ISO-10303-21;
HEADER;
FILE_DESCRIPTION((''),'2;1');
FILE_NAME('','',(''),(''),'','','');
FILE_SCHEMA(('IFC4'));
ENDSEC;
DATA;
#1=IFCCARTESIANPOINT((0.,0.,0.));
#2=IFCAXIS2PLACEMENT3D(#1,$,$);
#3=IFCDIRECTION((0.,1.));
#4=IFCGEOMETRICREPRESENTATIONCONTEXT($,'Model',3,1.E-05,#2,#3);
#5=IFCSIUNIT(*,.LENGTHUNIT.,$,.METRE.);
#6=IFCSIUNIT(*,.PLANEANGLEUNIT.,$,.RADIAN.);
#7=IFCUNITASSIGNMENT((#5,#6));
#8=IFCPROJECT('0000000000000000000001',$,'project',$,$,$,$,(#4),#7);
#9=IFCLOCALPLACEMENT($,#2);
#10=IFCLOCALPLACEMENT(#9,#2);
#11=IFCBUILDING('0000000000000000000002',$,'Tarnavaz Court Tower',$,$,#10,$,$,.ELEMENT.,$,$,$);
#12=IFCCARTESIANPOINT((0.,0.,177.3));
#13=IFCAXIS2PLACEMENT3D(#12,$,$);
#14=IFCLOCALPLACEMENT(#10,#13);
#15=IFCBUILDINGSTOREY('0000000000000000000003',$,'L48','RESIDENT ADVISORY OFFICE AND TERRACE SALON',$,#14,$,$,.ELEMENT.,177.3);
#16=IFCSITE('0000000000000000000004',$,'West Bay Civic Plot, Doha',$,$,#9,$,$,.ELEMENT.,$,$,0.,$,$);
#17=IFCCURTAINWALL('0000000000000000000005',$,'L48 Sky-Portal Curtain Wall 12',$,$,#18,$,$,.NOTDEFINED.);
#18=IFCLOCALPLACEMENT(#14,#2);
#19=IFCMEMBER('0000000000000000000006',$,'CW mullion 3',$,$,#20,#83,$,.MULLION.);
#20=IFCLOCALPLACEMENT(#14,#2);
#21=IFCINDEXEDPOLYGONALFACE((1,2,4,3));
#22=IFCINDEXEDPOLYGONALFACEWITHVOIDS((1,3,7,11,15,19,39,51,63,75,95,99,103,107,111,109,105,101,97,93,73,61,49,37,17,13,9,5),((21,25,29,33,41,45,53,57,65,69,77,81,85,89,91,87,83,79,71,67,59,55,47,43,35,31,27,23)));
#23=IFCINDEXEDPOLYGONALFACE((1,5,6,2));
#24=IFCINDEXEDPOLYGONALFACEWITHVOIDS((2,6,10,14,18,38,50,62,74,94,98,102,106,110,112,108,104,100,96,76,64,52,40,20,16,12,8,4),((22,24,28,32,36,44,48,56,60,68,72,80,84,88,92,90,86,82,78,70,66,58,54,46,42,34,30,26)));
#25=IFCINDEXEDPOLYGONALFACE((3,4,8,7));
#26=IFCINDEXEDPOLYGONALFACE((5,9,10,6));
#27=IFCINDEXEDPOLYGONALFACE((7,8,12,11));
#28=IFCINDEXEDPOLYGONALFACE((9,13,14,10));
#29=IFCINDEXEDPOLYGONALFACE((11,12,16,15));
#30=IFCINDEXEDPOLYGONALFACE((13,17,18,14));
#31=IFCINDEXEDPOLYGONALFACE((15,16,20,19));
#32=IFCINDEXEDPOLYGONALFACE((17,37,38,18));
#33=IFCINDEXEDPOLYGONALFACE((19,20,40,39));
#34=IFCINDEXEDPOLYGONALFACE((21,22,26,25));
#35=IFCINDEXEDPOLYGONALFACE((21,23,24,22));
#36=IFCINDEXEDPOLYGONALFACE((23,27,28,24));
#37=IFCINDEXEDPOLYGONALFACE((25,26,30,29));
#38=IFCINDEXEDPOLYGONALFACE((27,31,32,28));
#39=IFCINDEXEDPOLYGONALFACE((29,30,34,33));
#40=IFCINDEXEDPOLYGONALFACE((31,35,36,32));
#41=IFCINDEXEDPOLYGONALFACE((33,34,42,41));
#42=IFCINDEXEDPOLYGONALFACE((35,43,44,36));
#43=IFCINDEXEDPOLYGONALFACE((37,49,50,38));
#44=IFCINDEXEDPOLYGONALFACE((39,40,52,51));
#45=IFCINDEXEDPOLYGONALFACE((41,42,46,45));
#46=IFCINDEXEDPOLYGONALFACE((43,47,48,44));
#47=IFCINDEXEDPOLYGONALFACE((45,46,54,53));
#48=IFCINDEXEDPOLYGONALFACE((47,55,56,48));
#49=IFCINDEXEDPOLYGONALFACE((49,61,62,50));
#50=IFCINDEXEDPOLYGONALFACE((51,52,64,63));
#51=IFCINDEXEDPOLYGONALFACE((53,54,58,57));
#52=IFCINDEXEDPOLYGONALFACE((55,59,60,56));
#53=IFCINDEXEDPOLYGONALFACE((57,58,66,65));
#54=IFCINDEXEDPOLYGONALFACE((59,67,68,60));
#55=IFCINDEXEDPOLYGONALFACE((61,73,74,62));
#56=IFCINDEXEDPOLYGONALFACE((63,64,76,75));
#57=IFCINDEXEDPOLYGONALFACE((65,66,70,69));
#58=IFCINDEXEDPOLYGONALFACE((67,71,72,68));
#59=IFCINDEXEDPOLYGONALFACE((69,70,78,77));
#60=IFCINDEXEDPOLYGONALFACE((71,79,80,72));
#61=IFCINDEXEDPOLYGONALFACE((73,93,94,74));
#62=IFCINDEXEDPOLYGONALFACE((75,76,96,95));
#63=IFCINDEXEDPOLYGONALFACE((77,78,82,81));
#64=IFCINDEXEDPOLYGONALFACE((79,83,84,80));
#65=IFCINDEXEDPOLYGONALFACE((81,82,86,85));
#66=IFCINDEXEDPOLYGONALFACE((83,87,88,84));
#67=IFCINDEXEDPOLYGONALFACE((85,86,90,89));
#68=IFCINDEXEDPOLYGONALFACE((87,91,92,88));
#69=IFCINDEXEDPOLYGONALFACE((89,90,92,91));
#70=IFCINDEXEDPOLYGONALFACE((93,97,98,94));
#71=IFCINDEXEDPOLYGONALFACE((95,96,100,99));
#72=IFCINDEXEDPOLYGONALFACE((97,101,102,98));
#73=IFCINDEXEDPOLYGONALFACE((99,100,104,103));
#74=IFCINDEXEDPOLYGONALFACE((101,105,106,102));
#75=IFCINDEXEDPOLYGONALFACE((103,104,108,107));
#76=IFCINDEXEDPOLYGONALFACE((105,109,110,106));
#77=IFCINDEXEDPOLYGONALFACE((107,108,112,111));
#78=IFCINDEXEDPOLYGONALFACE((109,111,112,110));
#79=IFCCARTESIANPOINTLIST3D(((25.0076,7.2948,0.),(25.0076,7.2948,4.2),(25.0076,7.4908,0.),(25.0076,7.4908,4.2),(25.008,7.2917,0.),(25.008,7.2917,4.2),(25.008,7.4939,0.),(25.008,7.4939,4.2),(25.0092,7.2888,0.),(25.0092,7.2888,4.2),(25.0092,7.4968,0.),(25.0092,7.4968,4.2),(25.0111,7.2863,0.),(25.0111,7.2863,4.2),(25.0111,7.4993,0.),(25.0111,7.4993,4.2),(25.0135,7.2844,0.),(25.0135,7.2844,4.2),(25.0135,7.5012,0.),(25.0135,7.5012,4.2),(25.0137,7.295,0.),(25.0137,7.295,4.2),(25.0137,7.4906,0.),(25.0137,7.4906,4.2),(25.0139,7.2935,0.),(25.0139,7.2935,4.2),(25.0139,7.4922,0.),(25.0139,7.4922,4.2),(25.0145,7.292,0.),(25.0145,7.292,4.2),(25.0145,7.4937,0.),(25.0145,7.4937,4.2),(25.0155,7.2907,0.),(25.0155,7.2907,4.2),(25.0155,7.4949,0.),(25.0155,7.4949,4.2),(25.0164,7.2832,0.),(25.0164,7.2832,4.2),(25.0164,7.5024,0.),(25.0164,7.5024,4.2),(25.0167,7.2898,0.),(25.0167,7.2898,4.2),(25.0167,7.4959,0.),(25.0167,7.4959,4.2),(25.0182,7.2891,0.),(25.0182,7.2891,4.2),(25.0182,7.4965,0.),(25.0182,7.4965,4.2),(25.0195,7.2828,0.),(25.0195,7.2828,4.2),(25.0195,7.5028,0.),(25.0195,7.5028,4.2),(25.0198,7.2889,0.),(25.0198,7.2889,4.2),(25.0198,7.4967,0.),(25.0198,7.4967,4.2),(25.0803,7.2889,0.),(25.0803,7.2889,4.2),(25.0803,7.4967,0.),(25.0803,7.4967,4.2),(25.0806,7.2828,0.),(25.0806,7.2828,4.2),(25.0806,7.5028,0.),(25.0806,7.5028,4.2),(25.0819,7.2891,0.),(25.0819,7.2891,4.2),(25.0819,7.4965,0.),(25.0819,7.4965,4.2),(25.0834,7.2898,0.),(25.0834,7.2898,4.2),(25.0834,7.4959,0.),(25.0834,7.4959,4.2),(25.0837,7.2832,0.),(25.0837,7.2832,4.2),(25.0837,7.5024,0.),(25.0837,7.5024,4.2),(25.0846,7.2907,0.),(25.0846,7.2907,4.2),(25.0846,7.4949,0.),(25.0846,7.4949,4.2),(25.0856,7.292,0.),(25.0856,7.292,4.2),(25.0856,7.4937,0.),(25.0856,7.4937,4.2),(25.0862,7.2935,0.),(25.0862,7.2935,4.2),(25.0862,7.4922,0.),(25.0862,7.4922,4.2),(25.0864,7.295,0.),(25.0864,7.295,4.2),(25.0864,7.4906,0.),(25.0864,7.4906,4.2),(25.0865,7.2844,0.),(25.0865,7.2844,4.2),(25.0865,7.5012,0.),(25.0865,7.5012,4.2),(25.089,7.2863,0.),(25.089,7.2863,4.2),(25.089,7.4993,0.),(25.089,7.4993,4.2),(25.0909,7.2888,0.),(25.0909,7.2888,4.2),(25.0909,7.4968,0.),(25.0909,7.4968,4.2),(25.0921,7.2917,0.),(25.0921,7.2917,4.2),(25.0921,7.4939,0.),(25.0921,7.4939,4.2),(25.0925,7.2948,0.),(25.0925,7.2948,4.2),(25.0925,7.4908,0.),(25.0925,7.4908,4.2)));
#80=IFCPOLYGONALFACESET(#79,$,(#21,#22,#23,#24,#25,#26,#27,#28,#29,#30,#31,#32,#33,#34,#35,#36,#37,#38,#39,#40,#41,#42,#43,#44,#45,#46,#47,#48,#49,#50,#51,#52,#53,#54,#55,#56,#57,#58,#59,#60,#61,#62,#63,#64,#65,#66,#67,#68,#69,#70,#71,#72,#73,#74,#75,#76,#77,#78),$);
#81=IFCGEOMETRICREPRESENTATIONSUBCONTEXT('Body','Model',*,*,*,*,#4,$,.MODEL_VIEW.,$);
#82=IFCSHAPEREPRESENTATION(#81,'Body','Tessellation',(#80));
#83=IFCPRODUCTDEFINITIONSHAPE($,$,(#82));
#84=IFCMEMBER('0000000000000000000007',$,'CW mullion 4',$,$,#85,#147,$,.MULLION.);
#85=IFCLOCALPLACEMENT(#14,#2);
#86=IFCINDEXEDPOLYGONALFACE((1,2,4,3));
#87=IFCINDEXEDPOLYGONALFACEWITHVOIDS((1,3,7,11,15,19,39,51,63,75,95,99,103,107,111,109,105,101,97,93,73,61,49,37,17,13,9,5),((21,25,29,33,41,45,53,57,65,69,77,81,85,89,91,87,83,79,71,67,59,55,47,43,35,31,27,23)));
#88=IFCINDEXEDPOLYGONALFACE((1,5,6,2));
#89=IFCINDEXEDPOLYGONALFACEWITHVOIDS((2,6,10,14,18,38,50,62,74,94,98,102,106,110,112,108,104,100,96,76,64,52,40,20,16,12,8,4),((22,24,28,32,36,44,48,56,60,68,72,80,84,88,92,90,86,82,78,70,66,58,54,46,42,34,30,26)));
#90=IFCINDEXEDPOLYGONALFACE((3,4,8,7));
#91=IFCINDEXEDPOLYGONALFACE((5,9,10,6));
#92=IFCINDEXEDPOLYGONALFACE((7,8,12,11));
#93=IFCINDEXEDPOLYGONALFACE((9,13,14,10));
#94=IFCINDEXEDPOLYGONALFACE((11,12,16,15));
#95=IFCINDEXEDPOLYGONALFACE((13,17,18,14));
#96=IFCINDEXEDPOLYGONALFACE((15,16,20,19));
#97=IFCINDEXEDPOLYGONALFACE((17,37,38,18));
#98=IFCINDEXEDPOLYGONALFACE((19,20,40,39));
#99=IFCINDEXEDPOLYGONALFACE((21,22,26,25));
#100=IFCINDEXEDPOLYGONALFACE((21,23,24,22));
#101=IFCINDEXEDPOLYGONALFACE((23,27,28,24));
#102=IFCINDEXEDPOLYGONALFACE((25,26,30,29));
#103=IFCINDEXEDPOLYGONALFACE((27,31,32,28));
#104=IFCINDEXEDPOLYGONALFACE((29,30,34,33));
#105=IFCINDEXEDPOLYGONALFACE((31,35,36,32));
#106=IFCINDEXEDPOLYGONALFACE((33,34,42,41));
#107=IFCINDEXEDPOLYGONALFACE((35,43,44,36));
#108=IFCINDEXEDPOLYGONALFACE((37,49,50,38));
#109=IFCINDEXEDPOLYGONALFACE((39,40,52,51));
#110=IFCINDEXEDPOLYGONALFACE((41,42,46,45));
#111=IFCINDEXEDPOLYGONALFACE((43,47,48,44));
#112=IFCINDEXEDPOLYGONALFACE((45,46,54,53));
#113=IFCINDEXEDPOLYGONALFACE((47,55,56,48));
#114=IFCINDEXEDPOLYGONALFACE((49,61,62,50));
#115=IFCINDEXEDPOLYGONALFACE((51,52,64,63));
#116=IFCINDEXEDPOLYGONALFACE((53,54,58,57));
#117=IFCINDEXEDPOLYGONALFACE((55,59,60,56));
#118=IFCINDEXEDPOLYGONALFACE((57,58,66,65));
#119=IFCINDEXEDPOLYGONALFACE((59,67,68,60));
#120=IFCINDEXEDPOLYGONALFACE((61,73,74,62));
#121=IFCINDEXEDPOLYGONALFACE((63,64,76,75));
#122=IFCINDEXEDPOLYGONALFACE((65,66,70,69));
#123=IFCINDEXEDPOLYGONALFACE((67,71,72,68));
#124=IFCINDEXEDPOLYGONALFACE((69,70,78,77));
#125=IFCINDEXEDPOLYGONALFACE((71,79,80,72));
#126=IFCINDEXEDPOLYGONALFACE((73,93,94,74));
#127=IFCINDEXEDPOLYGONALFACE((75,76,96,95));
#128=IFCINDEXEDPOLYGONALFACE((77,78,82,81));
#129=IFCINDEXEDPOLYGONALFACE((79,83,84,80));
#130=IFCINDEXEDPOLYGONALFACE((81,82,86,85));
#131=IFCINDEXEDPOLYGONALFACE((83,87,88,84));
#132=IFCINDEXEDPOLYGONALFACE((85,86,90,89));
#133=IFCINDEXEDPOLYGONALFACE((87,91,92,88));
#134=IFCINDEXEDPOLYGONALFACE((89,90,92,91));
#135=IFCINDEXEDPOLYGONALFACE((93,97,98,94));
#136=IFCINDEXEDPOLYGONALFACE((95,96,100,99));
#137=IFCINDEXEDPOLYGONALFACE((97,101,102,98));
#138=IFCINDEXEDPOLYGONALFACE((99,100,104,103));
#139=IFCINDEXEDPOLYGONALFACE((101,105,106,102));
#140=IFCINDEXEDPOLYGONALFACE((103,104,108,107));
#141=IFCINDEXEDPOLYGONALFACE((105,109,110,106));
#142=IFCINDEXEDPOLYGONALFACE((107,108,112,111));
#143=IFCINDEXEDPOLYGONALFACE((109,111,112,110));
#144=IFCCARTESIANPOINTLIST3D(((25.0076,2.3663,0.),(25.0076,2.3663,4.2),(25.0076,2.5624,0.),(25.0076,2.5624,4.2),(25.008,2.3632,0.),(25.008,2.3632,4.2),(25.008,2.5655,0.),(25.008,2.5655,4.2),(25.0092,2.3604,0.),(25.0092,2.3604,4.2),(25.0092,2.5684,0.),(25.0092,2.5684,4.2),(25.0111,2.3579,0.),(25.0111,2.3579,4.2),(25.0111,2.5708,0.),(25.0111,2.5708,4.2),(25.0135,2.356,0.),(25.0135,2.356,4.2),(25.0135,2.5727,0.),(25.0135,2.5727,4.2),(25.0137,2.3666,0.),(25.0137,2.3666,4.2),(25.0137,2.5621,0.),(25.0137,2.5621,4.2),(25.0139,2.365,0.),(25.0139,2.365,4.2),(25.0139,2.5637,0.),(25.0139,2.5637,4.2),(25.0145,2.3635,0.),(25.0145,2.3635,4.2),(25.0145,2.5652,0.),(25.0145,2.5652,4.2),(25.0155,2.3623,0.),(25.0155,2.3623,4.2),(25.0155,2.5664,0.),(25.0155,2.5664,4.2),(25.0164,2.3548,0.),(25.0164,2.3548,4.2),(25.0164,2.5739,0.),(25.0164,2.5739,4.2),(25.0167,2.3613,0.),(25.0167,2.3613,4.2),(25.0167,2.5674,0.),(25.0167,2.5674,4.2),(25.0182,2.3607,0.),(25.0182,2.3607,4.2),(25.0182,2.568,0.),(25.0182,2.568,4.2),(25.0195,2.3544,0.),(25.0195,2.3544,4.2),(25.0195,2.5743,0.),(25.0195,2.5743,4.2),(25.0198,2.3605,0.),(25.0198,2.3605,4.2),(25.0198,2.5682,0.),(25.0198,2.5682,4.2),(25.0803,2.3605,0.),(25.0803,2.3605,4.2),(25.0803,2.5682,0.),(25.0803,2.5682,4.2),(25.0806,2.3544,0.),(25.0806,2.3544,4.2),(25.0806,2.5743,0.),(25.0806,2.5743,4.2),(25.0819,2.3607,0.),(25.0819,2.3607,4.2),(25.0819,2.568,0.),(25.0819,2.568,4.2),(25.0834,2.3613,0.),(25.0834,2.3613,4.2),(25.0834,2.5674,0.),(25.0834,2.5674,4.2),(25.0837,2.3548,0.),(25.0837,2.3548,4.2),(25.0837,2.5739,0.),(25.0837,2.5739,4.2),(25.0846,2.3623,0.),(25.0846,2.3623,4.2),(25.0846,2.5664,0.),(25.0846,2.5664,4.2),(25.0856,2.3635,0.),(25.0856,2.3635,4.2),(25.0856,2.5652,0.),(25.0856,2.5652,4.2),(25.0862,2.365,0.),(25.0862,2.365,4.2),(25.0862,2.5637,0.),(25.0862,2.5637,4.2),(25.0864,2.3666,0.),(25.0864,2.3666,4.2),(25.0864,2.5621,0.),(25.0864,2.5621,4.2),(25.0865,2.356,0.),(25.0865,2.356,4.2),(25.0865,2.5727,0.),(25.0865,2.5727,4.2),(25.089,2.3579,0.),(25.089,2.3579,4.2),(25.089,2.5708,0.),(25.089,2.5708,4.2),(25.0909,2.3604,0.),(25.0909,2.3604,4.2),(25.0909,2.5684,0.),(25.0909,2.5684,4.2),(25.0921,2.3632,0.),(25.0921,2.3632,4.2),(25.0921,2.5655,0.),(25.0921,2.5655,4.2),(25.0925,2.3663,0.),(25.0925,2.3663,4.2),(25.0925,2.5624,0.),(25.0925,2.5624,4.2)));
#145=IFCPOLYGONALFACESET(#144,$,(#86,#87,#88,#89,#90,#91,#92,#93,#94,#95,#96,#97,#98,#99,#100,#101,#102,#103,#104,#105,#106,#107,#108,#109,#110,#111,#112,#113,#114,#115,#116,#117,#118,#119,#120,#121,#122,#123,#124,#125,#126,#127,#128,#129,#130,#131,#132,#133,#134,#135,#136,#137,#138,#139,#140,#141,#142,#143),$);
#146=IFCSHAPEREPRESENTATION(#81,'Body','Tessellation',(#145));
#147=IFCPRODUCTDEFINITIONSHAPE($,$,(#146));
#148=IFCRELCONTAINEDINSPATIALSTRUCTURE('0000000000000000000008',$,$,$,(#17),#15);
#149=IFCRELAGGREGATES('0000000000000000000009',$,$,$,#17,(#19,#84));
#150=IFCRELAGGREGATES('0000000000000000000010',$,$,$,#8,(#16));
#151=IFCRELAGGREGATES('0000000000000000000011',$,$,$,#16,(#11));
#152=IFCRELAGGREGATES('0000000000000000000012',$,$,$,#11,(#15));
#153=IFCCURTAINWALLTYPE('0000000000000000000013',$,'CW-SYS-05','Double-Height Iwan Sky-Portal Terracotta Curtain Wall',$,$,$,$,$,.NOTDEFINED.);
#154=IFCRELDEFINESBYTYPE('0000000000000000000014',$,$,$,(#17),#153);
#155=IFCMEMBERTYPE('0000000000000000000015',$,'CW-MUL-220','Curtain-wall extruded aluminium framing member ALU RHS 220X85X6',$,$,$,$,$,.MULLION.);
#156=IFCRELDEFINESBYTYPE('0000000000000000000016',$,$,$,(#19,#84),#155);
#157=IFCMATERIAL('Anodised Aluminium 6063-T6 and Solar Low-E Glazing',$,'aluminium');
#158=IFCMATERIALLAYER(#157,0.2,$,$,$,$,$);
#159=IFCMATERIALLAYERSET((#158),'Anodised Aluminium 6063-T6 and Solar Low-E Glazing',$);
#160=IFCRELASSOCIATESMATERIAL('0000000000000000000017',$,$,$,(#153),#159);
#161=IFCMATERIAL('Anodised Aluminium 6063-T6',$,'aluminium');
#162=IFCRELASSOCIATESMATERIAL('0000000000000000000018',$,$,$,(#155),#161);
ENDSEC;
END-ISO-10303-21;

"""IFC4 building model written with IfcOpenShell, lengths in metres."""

from ifc_helpers import new_model, si_unit, direction, frame, origin, origin_2d, place, context, subcontext, project, spatial, hollow_rectangle, extrude, material, layer, layer_set, material_profile, profile_set, type_object, element, aggregate, save


model = new_model("IFC4")

# Units and contexts
model_context = context("Model", 3, precision=1e-05, world=origin(), true_north=direction((0.0, 1.0)))
body_context = subcontext(model_context, "Body", "Model", "MODEL_VIEW")
ifc_project = project(units=[si_unit("LENGTHUNIT", "METRE"), si_unit("PLANEANGLEUNIT", "RADIAN")], contexts=[model_context])

# Site, building, storey
site_placement = place(None, origin())
site = spatial("IfcSite", under=ifc_project, at=site_placement, Name="West Bay Civic Plot, Doha", CompositionType="ELEMENT", RefElevation=0.0)
building_placement = place(site_placement, origin())
building = spatial("IfcBuilding", under=site, at=building_placement, Name="Tarnavaz Court Tower", CompositionType="ELEMENT")
storey_placement = place(building_placement, frame((0.0, 0.0, 177.3)))
storey = spatial("IfcBuildingStorey", under=building, at=storey_placement, Name="L48", Description="RESIDENT ADVISORY OFFICE AND TERRACE SALON", CompositionType="ELEMENT", Elevation=177.3)

# Curtain wall, members
ifc_material_1 = material(Name="Anodised Aluminium 6063-T6 and Solar Low-E Glazing", Category="aluminium")
ifc_layer_1 = layer(ifc_material_1, 0.2)
ifc_layer_set_1 = layer_set([ifc_layer_1], Name="Anodised Aluminium 6063-T6 and Solar Low-E Glazing")
curtain_wall_type = type_object("IfcCurtainWallType", Name="CW-SYS-05", Description="Double-Height Iwan Sky-Portal Terracotta Curtain Wall", PredefinedType="NOTDEFINED", material=ifc_layer_set_1)
curtain_wall_placement = place(storey_placement, origin())
curtain_wall = element("IfcCurtainWall", 1, at=curtain_wall_placement, inside=storey, type_object=curtain_wall_type, Name="L48 Sky-Portal Curtain Wall 12", PredefinedType="NOTDEFINED")
ifc_material_2 = material(Name="Anodised Aluminium 6063-T6", Category="aluminium")
ifc_material_profile_1 = material_profile(ifc_material_2, hollow_rectangle(XDim=0.085, YDim=0.22, WallThickness=0.0061, InnerFilletRadius=0.0061, OuterFilletRadius=0.012, at=origin_2d()), Name="ALU RHS 220X85X6")
ifc_profile_set_1 = profile_set([ifc_material_profile_1], Name="Anodised Aluminium 6063-T6")
member_type_1 = type_object("IfcMemberType", Name="CW-MUL-220", Description="Curtain-wall extruded aluminium framing member ALU RHS 220X85X6", PredefinedType="MULLION", material=ifc_profile_set_1)
member_1_placement = place(storey_placement, frame((25.05, 7.3928, 0.0), z_axis=(0.0, 0.0, 1.0), x_axis=(1.0, 0.0, 0.0)))
member_1 = element("IfcMember", 2, at=member_1_placement, type_object=member_type_1, Name="CW mullion 3", PredefinedType="MULLION", context=body_context, shape_type="SweptSolid", body=[
    extrude(hollow_rectangle(XDim=0.085, YDim=0.22, WallThickness=0.0061, InnerFilletRadius=0.0061, OuterFilletRadius=0.012, at=origin_2d()), origin(), (0.0, 0.0, 1.0), 4.2),
])
member_2_placement = place(storey_placement, frame((25.05, 2.4644, 0.0), z_axis=(0.0, 0.0, 1.0), x_axis=(1.0, 0.0, 0.0)))
member_2 = element("IfcMember", 3, at=member_2_placement, type_object=member_type_1, Name="CW mullion 4", PredefinedType="MULLION", context=body_context, shape_type="SweptSolid", body=[
    extrude(hollow_rectangle(XDim=0.085, YDim=0.22, WallThickness=0.0061, InnerFilletRadius=0.0061, OuterFilletRadius=0.012, at=origin_2d()), origin(), (0.0, 0.0, 1.0), 4.2),
])
aggregate(curtain_wall, [member_1, member_2])

save(model, "model.ifc")
